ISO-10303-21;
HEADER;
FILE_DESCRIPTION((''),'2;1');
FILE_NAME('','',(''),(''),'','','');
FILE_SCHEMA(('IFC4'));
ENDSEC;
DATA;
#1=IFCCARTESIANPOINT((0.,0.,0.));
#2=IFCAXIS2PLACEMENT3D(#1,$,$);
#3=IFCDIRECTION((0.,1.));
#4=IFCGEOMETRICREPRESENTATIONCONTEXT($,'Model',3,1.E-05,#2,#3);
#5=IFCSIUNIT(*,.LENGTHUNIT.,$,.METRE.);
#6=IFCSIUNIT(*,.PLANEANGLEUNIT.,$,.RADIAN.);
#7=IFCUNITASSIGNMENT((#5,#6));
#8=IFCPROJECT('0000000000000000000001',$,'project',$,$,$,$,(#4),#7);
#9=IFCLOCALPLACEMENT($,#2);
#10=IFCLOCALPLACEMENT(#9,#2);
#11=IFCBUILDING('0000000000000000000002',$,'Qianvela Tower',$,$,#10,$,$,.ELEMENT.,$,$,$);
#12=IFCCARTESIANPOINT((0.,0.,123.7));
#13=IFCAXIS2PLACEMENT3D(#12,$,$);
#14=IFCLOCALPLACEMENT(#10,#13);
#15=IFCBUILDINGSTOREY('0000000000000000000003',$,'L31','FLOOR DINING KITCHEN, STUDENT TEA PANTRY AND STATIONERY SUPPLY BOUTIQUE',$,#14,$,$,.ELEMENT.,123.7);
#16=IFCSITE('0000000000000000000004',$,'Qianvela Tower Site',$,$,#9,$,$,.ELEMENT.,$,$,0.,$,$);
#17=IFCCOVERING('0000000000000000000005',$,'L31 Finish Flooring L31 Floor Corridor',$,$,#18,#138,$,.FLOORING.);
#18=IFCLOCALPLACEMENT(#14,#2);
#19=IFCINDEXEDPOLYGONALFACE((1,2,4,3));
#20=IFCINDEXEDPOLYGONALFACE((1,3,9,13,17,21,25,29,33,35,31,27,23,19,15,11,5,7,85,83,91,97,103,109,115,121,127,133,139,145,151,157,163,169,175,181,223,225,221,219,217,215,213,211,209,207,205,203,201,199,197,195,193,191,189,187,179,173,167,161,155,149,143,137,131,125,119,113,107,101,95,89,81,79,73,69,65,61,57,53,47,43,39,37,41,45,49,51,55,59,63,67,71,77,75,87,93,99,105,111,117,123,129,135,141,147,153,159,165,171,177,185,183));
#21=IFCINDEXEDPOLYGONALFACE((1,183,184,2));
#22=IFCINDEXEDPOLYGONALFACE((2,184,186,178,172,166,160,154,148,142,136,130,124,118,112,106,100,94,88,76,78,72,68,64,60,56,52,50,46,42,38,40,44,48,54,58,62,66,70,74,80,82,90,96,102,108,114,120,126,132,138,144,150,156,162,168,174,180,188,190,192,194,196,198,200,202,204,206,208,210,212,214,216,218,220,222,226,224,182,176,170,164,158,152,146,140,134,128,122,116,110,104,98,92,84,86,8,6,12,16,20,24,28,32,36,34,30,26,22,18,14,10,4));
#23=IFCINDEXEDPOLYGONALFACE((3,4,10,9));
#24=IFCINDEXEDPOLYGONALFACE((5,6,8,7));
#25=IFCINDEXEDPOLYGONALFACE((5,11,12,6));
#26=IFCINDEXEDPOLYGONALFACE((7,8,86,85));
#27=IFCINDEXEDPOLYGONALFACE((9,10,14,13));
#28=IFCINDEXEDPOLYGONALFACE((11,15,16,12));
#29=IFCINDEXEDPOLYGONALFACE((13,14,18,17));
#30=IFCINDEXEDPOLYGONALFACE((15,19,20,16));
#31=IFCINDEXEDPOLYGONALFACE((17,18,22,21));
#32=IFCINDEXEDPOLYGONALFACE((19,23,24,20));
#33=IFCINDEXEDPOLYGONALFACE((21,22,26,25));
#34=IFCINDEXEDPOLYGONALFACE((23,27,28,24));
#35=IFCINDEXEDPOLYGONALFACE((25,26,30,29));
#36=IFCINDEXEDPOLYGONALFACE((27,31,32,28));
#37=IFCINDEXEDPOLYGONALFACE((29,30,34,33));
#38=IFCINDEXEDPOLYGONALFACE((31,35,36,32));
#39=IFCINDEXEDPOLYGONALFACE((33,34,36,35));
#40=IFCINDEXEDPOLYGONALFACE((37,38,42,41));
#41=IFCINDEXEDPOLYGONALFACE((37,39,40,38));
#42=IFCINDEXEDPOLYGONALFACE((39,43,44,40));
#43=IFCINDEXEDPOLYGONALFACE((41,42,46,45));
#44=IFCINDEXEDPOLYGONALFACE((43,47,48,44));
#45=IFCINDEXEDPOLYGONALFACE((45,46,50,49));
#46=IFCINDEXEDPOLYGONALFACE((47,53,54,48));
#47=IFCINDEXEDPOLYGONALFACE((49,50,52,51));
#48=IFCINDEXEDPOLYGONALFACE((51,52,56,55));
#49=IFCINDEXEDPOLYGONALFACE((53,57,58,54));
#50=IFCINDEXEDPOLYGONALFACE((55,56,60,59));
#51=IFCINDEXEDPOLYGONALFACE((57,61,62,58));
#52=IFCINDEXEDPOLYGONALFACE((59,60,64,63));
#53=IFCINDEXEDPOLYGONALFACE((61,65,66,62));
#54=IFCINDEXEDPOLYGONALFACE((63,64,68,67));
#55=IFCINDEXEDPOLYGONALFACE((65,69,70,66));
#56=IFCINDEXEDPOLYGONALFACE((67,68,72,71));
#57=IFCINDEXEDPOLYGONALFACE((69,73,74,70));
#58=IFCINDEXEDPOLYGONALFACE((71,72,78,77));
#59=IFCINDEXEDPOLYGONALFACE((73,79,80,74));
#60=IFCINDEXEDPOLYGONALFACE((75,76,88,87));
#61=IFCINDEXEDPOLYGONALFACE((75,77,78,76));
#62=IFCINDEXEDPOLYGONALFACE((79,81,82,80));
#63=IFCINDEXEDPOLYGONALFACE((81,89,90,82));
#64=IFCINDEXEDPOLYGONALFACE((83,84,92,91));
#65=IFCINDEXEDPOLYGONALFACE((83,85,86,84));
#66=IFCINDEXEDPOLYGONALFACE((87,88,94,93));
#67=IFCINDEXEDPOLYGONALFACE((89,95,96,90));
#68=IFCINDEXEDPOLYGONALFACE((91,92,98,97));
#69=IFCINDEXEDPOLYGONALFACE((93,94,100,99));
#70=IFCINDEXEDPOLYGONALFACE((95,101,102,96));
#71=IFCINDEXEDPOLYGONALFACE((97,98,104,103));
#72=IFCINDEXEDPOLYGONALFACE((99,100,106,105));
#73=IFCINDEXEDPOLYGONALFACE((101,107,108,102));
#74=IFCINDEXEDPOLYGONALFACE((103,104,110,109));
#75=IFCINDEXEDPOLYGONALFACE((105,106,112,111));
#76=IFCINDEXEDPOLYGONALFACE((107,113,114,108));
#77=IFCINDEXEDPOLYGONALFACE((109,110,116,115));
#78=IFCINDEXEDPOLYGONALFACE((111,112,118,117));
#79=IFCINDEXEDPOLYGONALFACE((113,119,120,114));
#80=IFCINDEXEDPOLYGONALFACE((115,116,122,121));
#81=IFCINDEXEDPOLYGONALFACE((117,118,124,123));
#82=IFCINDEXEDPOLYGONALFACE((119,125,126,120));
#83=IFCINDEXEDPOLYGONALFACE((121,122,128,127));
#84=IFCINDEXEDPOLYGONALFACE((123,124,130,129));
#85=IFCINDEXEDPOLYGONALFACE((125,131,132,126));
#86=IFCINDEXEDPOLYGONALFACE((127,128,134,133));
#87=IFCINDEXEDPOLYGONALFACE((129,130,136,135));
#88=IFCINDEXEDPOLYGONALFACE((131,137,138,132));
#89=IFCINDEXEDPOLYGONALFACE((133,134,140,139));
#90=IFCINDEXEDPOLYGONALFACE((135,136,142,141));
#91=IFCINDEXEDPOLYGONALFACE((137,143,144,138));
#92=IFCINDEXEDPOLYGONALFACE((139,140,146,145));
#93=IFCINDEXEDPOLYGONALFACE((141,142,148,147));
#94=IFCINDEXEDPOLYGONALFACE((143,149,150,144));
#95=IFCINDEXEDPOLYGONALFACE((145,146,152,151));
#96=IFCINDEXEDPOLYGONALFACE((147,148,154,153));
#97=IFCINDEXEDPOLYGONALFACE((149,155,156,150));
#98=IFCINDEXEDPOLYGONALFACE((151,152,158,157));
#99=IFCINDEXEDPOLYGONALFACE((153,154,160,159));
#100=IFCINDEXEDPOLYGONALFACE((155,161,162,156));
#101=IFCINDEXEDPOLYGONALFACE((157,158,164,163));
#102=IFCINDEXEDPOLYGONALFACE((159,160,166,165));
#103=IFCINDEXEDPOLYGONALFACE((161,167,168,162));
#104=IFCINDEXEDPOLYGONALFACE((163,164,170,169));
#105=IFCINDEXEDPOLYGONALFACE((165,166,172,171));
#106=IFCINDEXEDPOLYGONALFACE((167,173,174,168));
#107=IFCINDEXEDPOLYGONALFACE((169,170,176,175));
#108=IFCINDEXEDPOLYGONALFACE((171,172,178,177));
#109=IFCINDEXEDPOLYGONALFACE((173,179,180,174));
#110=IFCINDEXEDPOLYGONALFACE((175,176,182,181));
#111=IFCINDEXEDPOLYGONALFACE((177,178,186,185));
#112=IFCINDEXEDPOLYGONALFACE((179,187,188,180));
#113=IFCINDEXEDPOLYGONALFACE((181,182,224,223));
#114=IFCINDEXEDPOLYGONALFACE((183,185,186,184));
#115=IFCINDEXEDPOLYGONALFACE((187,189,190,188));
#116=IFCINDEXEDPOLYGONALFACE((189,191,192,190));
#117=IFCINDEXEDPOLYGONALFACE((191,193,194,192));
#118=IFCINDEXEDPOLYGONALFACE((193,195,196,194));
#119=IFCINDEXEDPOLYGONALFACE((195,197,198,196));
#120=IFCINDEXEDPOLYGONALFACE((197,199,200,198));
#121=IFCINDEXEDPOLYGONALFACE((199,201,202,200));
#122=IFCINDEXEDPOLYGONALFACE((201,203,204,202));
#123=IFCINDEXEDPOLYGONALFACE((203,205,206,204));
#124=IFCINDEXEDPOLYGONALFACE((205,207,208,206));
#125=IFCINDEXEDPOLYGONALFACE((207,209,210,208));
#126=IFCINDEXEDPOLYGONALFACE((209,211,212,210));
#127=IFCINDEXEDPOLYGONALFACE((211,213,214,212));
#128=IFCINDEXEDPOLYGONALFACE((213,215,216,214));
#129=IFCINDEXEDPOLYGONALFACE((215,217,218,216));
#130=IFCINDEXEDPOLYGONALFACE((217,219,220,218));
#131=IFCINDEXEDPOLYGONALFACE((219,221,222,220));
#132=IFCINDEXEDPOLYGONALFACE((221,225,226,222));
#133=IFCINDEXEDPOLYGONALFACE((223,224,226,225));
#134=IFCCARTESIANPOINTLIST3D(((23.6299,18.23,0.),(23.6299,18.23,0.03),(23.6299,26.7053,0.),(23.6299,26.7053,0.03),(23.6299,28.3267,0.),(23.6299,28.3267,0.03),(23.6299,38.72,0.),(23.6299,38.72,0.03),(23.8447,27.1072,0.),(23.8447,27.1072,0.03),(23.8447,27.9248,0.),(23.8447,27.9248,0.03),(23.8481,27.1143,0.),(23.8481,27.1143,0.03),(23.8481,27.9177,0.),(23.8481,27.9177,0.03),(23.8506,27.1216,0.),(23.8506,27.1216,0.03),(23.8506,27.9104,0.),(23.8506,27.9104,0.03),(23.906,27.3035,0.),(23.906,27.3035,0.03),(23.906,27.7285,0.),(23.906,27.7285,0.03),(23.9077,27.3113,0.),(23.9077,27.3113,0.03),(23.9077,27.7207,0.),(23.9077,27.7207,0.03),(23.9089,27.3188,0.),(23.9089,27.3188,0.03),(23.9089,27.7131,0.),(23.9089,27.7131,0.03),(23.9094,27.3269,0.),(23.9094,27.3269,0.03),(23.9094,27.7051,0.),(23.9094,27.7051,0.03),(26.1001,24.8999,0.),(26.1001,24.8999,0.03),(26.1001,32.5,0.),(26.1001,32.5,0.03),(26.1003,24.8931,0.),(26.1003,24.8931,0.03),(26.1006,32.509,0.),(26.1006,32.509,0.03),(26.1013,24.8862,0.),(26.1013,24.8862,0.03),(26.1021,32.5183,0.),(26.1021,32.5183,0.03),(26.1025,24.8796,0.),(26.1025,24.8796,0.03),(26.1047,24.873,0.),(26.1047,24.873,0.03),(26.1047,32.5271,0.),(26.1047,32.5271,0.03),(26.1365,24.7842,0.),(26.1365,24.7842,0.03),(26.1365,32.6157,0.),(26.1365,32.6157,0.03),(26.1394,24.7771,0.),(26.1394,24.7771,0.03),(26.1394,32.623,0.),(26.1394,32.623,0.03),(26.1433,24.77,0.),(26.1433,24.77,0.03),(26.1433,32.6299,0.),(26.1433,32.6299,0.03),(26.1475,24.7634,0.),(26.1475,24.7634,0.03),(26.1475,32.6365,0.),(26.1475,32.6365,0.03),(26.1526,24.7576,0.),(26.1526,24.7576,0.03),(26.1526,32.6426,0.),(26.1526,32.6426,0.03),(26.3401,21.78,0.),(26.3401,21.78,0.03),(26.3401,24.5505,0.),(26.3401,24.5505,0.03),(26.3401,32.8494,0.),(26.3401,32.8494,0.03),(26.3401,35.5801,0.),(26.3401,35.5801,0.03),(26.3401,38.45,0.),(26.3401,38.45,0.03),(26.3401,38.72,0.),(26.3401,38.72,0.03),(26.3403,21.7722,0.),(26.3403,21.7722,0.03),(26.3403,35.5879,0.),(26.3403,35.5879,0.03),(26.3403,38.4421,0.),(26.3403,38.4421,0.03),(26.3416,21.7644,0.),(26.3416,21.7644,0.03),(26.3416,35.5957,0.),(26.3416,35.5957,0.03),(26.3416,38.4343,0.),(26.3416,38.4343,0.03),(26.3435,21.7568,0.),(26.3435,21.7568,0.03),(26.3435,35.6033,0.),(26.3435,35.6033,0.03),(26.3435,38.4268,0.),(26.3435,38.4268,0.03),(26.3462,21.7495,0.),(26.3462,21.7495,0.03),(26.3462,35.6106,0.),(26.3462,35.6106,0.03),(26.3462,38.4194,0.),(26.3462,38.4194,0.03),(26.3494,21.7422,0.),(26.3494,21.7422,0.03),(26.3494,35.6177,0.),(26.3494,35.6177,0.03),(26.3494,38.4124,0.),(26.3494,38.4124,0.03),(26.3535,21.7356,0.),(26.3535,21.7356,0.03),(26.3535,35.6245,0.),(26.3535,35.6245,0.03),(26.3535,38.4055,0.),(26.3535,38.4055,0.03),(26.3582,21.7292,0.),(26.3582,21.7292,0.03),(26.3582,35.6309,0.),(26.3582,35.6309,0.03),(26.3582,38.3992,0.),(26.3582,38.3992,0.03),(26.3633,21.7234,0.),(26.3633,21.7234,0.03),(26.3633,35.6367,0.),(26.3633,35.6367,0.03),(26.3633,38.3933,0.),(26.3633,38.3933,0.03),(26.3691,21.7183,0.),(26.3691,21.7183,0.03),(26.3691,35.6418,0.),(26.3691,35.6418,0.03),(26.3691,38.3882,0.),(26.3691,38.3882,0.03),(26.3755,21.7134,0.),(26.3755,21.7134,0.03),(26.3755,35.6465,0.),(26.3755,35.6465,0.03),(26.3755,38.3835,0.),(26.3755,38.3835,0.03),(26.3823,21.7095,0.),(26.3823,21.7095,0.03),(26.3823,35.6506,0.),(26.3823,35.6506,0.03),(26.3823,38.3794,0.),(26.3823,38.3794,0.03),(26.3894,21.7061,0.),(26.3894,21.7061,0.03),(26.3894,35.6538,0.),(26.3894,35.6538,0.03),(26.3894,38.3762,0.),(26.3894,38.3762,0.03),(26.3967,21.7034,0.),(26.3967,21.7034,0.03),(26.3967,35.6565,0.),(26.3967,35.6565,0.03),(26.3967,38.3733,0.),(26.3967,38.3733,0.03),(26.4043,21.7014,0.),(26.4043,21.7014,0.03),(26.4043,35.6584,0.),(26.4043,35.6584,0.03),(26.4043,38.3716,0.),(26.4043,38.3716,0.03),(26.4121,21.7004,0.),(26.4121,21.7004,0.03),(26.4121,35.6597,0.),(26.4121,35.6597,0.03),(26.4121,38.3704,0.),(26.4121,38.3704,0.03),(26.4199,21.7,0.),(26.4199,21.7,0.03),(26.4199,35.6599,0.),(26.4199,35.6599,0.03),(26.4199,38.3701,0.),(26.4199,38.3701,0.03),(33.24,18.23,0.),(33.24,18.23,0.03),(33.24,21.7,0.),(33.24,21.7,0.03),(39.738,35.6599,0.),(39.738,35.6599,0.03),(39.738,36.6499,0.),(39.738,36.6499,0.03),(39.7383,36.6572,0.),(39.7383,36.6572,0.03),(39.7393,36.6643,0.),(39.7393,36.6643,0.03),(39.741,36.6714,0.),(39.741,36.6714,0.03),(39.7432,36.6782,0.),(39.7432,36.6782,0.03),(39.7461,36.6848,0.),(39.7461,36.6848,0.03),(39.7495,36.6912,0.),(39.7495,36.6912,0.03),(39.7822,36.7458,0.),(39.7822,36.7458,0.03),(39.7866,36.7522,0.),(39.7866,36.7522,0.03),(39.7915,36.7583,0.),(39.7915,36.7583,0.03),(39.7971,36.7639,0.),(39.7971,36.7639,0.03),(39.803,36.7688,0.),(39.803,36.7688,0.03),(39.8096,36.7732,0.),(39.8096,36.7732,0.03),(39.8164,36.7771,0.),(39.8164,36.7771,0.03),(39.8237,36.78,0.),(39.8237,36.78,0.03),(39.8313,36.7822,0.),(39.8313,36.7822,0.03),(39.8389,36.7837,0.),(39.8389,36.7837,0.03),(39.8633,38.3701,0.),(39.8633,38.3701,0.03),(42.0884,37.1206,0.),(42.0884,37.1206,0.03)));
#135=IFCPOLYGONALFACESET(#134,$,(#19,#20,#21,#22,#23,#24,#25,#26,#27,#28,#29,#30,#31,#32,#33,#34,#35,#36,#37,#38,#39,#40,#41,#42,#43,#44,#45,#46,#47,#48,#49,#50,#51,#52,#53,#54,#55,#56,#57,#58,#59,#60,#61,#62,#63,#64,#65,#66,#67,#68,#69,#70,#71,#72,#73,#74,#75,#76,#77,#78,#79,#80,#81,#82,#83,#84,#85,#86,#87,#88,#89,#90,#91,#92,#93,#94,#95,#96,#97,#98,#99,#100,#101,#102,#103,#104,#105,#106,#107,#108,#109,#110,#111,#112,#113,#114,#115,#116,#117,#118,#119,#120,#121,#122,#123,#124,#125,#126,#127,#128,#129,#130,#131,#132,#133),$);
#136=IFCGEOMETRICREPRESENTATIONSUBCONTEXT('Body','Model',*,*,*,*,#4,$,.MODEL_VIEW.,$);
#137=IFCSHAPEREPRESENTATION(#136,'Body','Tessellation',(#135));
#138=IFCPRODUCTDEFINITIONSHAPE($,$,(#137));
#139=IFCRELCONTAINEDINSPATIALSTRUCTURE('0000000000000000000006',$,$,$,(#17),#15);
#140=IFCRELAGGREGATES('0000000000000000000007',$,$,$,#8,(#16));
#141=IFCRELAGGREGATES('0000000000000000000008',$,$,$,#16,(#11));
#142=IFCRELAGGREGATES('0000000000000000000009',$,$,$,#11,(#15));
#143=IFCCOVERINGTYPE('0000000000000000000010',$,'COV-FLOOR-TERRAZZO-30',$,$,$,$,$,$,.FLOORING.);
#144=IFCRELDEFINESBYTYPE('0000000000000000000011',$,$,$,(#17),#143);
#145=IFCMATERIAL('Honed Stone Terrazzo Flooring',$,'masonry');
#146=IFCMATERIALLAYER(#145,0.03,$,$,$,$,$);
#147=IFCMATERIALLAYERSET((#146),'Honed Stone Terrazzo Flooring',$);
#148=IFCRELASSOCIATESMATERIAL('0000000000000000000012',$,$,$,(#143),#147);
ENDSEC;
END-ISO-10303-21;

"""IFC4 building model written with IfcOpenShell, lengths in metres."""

from ifc_helpers import new_model, si_unit, direction, frame, origin, place, context, subcontext, project, spatial, polyline, outline, extrude, material, layer, layer_set, type_object, element, save


model = new_model("IFC4")

# Units and contexts
model_context = context("Model", 3, precision=1e-05, world=origin(), true_north=direction((0.0, 1.0)))
body_context = subcontext(model_context, "Body", "Model", "MODEL_VIEW")
ifc_project = project(units=[si_unit("LENGTHUNIT", "METRE"), si_unit("PLANEANGLEUNIT", "RADIAN")], contexts=[model_context])

# Site, building, storey
site_placement = place(None, origin())
site = spatial("IfcSite", under=ifc_project, at=site_placement, Name="Qianvela Tower Site", CompositionType="ELEMENT", RefElevation=0.0)
building_placement = place(site_placement, origin())
building = spatial("IfcBuilding", under=site, at=building_placement, Name="Qianvela Tower", CompositionType="ELEMENT")
storey_placement = place(building_placement, frame((0.0, 0.0, 123.7)))
storey = spatial("IfcBuildingStorey", under=building, at=storey_placement, Name="L31", Description="FLOOR DINING KITCHEN, STUDENT TEA PANTRY AND STATIONERY SUPPLY BOUTIQUE", CompositionType="ELEMENT", Elevation=123.7)

# Covering
ifc_material_1 = material(Name="Honed Stone Terrazzo Flooring", Category="masonry")
ifc_layer_1 = layer(ifc_material_1, 0.03)
ifc_layer_set_1 = layer_set([ifc_layer_1], Name="Honed Stone Terrazzo Flooring")
covering_type_1 = type_object("IfcCoveringType", Name="COV-FLOOR-TERRAZZO-30", PredefinedType="FLOORING", material=ifc_layer_set_1)
covering_1_placement = place(storey_placement, origin())
element("IfcCovering", 1, at=covering_1_placement, inside=storey, type_object=covering_type_1, Name="L31 Finish Flooring L31 Floor Corridor", PredefinedType="FLOORING", context=body_context, shape_type="SweptSolid", body=[
    extrude(outline(polyline([(23.8506, 27.9104), (23.8481, 27.9177), (23.8447, 27.9248), (23.6299, 28.3267), (23.6299, 38.72), (26.3401, 38.72), (26.3401, 38.45), (26.3403, 38.4421), (26.3416, 38.4343), (26.3435, 38.4268), (26.3462, 38.4194), (26.3494, 38.4124), (26.3535, 38.4055), (26.3582, 38.3992), (26.3633, 38.3933), (26.3691, 38.3882), (26.3755, 38.3835), (26.3823, 38.3794), (26.3894, 38.3762), (26.3967, 38.3733), (26.4043, 38.3716), (26.4121, 38.3704), (26.4199, 38.3701), (39.8633, 38.3701), (42.0884, 37.1206), (39.8389, 36.7837), (39.8313, 36.7822), (39.8237, 36.78), (39.8164, 36.7771), (39.8096, 36.7732), (39.803, 36.7688), (39.7971, 36.7639), (39.7915, 36.7583), (39.7866, 36.7522), (39.7822, 36.7458), (39.7495, 36.6912), (39.7461, 36.6848), (39.7432, 36.6782), (39.741, 36.6714), (39.7393, 36.6643), (39.7383, 36.6572), (39.738, 36.6499), (39.738, 35.6599), (26.4199, 35.6599), (26.4121, 35.6597), (26.4043, 35.6584), (26.3967, 35.6565), (26.3894, 35.6538), (26.3823, 35.6506), (26.3755, 35.6465), (26.3691, 35.6418), (26.3633, 35.6367), (26.3582, 35.6309), (26.3535, 35.6245), (26.3494, 35.6177), (26.3462, 35.6106), (26.3435, 35.6033), (26.3416, 35.5957), (26.3403, 35.5879), (26.3401, 35.5801), (26.3401, 32.8494), (26.1526, 32.6426), (26.1475, 32.6365), (26.1433, 32.6299), (26.1394, 32.623), (26.1365, 32.6157), (26.1047, 32.5271), (26.1021, 32.5183), (26.1006, 32.509), (26.1001, 32.5), (26.1001, 24.8999), (26.1003, 24.8931), (26.1013, 24.8862), (26.1025, 24.8796), (26.1047, 24.873), (26.1365, 24.7842), (26.1394, 24.7771), (26.1433, 24.77), (26.1475, 24.7634), (26.1526, 24.7576), (26.3401, 24.5505), (26.3401, 21.78), (26.3403, 21.7722), (26.3416, 21.7644), (26.3435, 21.7568), (26.3462, 21.7495), (26.3494, 21.7422), (26.3535, 21.7356), (26.3582, 21.7292), (26.3633, 21.7234), (26.3691, 21.7183), (26.3755, 21.7134), (26.3823, 21.7095), (26.3894, 21.7061), (26.3967, 21.7034), (26.4043, 21.7014), (26.4121, 21.7004), (26.4199, 21.7), (33.24, 21.7), (33.24, 18.23), (23.6299, 18.23), (23.6299, 26.7053), (23.8447, 27.1072), (23.8481, 27.1143), (23.8506, 27.1216), (23.906, 27.3035), (23.9077, 27.3113), (23.9089, 27.3188), (23.9094, 27.3269), (23.9094, 27.7051), (23.9089, 27.7131), (23.9077, 27.7207), (23.906, 27.7285), (23.8506, 27.9104)])), origin(), (0.0, 0.0, 1.0), 0.03),
])

save(model, "model.ifc")
